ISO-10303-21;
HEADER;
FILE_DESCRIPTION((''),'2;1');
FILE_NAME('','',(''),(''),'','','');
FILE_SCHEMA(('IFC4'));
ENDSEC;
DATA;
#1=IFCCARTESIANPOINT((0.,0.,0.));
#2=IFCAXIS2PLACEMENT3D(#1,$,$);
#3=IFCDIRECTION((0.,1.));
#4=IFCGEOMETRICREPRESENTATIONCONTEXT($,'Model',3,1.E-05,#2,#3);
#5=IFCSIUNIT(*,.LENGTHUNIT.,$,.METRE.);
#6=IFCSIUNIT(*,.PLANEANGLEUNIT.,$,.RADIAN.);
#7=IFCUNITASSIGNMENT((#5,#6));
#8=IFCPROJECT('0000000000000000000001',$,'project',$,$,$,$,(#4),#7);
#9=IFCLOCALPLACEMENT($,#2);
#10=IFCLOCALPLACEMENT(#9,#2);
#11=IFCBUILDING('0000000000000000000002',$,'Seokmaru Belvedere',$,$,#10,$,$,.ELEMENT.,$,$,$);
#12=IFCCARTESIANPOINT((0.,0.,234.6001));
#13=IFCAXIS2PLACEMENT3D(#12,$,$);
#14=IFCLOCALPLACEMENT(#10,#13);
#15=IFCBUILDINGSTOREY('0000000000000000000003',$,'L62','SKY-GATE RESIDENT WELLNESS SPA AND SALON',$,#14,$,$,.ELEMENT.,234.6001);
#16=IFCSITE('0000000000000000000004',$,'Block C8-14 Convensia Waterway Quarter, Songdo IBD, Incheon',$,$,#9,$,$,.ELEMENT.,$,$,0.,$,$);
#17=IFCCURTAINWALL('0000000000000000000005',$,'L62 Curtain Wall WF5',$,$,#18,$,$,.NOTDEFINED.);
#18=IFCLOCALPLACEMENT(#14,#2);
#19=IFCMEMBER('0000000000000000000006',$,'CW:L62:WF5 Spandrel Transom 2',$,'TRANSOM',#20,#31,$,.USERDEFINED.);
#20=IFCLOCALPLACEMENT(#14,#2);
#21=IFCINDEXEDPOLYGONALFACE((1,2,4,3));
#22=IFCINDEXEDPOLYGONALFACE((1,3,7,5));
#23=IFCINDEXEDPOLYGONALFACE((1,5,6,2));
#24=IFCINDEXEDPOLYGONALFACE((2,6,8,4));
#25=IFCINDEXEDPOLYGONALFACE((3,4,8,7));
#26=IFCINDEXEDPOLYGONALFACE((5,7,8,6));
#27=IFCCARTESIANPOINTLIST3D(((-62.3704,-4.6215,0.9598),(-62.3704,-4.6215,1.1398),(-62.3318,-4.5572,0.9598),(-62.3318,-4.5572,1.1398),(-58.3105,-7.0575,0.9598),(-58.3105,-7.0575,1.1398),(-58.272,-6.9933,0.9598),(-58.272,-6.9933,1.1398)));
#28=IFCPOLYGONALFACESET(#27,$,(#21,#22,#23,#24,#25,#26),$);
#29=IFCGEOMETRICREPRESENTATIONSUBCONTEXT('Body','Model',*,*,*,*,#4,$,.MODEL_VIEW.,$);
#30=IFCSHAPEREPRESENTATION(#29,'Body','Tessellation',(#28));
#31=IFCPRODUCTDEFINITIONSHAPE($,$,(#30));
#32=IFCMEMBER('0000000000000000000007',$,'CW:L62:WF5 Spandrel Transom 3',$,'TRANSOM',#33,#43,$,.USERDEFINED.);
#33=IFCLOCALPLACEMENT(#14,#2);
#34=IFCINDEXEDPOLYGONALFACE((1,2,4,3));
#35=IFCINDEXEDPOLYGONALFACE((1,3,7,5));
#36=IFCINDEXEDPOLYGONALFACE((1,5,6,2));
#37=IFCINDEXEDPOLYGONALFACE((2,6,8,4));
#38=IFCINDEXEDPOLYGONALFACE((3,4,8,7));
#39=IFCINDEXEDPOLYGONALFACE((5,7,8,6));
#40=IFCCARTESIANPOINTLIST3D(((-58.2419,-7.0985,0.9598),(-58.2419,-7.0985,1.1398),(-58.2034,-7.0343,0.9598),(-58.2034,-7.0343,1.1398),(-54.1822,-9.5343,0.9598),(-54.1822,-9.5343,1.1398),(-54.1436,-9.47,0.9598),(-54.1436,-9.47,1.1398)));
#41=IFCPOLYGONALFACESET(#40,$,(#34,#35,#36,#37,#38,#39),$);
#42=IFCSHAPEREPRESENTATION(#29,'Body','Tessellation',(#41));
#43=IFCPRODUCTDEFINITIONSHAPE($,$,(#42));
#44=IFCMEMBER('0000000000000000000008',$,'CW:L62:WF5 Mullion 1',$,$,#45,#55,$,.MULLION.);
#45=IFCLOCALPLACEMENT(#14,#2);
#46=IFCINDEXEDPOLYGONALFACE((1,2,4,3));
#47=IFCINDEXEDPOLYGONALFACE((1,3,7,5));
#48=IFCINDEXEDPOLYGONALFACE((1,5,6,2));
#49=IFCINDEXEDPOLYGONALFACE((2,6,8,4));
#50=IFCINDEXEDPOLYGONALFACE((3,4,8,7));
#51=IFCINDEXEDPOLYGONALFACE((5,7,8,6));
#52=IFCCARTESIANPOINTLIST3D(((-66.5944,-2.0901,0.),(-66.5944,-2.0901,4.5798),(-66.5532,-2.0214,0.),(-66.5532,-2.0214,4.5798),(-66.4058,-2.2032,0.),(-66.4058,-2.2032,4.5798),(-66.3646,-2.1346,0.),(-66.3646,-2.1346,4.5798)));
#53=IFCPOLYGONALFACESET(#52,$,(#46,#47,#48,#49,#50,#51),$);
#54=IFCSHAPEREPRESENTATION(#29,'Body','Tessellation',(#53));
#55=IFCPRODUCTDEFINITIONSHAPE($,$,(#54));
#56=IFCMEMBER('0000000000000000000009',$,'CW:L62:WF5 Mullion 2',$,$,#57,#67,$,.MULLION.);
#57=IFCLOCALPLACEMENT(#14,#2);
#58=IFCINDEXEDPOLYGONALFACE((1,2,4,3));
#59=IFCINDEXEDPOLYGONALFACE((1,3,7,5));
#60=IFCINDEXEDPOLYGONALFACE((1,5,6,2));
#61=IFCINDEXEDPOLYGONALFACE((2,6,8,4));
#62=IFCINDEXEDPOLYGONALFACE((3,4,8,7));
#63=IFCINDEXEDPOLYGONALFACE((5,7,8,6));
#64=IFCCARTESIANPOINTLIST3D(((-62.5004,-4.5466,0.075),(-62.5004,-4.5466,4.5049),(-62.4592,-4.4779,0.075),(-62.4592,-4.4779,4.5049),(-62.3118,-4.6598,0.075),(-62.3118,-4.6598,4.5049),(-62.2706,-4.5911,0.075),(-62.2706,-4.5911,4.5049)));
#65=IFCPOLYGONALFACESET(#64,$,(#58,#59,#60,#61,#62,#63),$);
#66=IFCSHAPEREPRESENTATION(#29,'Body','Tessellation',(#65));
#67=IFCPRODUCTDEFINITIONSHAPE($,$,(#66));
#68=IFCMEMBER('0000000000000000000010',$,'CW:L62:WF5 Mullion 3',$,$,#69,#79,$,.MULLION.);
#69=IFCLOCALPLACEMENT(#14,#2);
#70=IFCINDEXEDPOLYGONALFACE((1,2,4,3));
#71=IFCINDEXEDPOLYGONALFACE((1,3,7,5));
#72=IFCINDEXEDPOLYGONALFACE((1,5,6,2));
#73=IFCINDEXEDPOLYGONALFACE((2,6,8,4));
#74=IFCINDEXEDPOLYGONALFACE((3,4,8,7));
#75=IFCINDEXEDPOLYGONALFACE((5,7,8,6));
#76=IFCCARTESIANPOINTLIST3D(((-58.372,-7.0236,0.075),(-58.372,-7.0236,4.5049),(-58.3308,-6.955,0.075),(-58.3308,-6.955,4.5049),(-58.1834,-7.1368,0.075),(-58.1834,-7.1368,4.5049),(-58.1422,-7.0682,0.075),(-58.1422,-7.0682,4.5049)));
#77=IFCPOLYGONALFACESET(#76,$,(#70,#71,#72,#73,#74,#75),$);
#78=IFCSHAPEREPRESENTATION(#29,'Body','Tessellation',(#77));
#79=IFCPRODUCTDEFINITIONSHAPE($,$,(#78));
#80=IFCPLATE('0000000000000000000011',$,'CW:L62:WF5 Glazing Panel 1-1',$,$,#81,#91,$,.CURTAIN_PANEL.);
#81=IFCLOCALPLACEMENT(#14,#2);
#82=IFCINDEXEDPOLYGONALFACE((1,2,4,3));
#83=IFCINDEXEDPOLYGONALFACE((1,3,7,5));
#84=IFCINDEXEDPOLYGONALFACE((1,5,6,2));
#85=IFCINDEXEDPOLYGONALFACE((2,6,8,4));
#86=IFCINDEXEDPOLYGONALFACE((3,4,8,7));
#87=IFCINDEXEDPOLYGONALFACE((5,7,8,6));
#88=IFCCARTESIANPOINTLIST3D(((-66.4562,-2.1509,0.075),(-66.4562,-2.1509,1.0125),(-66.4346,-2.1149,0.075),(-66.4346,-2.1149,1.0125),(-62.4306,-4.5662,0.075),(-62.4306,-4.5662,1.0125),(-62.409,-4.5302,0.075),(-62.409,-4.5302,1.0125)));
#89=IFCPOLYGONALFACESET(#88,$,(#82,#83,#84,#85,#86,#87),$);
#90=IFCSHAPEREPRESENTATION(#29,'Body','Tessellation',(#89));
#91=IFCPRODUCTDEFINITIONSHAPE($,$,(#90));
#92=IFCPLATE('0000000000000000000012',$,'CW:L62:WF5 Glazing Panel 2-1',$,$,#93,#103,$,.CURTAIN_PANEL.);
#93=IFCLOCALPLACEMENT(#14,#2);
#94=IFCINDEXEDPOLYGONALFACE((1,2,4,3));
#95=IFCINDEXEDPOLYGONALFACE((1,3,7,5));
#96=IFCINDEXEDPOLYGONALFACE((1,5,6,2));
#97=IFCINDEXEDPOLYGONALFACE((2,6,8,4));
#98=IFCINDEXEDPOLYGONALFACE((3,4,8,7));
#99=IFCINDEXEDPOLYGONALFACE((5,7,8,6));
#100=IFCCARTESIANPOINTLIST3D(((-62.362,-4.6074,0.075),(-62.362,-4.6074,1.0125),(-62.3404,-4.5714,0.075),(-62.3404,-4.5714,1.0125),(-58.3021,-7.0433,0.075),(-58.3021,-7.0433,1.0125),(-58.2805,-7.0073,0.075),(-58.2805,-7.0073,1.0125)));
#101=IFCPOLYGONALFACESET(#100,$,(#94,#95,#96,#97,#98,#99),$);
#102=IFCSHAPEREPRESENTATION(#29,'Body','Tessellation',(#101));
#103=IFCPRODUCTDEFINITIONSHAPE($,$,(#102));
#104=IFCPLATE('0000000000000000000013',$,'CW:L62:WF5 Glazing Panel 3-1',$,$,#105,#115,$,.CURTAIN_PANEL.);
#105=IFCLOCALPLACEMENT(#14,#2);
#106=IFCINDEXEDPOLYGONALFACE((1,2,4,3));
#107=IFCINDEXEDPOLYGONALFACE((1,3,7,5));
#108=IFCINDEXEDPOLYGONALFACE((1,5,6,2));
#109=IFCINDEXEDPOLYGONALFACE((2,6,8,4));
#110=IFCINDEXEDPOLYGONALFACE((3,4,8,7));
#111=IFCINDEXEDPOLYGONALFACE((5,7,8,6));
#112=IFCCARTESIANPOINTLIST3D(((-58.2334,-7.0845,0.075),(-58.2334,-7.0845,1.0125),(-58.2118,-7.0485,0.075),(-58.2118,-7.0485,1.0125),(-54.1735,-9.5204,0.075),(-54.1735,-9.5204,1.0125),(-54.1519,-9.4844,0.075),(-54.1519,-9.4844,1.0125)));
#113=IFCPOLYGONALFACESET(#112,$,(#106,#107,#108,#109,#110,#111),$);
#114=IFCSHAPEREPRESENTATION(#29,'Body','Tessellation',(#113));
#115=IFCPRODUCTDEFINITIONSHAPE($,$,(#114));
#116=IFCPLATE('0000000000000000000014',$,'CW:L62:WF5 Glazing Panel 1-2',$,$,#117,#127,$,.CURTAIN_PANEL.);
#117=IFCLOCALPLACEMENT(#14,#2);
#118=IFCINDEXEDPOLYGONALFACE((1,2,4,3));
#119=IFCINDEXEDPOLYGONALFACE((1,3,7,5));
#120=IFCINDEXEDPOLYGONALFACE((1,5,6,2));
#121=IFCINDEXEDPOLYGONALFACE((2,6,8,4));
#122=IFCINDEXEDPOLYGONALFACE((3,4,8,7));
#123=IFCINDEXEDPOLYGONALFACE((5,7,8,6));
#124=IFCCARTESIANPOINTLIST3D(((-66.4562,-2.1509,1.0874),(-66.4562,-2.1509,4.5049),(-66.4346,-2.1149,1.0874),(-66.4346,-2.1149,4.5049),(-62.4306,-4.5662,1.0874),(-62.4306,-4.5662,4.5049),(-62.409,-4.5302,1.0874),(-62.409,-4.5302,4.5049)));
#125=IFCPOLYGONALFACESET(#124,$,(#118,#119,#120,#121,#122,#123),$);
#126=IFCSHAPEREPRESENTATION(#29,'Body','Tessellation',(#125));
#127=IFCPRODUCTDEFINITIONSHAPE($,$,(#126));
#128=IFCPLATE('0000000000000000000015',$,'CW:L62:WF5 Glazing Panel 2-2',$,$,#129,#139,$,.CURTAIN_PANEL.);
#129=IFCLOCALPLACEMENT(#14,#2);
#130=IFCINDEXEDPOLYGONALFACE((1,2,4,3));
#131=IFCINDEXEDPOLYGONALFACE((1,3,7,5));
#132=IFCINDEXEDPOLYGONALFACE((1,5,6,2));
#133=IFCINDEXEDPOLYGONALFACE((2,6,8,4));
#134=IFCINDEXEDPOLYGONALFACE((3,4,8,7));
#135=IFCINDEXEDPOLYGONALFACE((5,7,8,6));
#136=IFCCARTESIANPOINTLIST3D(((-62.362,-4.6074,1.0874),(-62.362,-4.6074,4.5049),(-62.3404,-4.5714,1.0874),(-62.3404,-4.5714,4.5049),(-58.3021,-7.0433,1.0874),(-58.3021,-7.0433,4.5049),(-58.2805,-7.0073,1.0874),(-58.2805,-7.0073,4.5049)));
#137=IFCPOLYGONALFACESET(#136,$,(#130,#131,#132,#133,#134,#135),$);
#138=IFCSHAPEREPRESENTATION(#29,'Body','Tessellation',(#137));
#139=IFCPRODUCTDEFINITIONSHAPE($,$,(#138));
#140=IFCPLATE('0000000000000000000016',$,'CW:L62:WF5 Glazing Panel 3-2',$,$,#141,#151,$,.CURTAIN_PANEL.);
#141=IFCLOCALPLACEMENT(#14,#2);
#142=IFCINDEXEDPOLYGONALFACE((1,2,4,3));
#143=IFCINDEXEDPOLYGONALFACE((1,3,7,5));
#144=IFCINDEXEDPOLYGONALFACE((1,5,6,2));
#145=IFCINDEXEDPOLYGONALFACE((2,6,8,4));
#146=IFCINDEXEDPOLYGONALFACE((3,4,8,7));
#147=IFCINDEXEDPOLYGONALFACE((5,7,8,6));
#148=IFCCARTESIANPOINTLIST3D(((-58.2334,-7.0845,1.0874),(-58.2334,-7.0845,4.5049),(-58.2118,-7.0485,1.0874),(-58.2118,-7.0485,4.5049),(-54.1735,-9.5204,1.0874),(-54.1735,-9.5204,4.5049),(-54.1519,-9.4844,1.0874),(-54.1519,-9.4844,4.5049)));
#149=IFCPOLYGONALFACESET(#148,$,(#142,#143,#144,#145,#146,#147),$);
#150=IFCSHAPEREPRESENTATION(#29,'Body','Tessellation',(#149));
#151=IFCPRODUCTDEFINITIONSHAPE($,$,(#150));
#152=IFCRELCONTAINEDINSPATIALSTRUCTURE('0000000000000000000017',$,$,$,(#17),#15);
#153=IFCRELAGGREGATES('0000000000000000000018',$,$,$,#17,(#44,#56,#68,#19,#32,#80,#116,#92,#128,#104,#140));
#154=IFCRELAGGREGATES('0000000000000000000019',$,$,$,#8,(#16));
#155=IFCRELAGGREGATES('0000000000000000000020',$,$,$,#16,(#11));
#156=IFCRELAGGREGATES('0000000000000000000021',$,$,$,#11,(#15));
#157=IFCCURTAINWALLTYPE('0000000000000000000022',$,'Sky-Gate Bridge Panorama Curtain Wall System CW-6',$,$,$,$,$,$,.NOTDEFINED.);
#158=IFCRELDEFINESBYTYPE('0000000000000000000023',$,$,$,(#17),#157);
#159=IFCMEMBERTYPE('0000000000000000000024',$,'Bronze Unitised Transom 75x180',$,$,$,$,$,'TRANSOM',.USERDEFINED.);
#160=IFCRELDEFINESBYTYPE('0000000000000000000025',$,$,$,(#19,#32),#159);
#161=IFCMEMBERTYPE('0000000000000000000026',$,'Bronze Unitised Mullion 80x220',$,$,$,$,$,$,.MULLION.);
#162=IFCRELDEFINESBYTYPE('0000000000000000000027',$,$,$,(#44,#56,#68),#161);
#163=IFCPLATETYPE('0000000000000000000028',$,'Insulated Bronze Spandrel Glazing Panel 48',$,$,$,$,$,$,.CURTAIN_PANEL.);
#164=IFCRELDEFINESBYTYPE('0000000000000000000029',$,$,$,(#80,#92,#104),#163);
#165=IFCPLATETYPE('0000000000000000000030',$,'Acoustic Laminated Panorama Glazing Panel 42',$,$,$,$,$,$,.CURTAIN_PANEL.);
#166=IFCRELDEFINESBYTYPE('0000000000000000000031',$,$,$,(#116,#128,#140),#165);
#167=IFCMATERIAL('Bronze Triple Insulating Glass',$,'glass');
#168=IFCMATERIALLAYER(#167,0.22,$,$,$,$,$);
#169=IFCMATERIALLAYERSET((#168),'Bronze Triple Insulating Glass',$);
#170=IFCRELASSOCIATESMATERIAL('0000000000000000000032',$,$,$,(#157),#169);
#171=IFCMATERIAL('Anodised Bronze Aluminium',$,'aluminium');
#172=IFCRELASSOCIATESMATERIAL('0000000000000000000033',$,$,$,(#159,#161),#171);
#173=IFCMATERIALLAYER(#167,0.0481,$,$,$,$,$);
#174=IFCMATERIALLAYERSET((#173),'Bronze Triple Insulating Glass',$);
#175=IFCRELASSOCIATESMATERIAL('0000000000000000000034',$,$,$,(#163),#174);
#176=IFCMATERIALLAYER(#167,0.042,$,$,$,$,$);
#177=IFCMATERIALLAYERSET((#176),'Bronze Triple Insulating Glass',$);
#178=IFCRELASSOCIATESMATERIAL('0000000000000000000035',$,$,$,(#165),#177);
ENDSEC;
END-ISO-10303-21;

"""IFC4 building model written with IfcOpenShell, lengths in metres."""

from ifc_helpers import new_model, si_unit, direction, frame, origin, origin_2d, place, context, subcontext, project, spatial, rectangle, extrude, source, transform, mapped, material, layer, layer_set, material_profile, profile_set, type_object, type_shapes, element, aggregate, save


model = new_model("IFC4")

# Units and contexts
model_context = context("Model", 3, precision=1e-05, world=origin(), true_north=direction((0.0, 1.0)))
body_context = subcontext(model_context, "Body", "Model", "MODEL_VIEW")
ifc_project = project(units=[si_unit("LENGTHUNIT", "METRE"), si_unit("PLANEANGLEUNIT", "RADIAN")], contexts=[model_context])

# Site, building, storey
site_placement = place(None, origin())
site = spatial("IfcSite", under=ifc_project, at=site_placement, Name="Block C8-14 Convensia Waterway Quarter, Songdo IBD, Incheon", CompositionType="ELEMENT", RefElevation=0.0)
building_placement = place(site_placement, origin())
building = spatial("IfcBuilding", under=site, at=building_placement, Name="Seokmaru Belvedere", CompositionType="ELEMENT")
storey_placement = place(building_placement, frame((0.0, 0.0, 234.6001)))
storey = spatial("IfcBuildingStorey", under=building, at=storey_placement, Name="L62", Description="SKY-GATE RESIDENT WELLNESS SPA AND SALON", CompositionType="ELEMENT", Elevation=234.6001)

# Curtain wall, members, plates
ifc_material_1 = material(Name="Bronze Triple Insulating Glass", Category="glass")
ifc_layer_1 = layer(ifc_material_1, 0.22)
ifc_layer_set_1 = layer_set([ifc_layer_1], Name="Bronze Triple Insulating Glass")
curtain_wall_type = type_object("IfcCurtainWallType", Name="Sky-Gate Bridge Panorama Curtain Wall System CW-6", PredefinedType="NOTDEFINED", material=ifc_layer_set_1)
curtain_wall_placement = place(storey_placement, origin())
curtain_wall = element("IfcCurtainWall", 1, at=curtain_wall_placement, inside=storey, type_object=curtain_wall_type, Name="L62 Curtain Wall WF5", PredefinedType="NOTDEFINED")
ifc_material_2 = material(Name="Anodised Bronze Aluminium", Category="aluminium")
ifc_material_profile_1 = material_profile(ifc_material_2, rectangle(XDim=0.075, YDim=0.1799, at=origin_2d()), Name="CW-T-75x180")
ifc_profile_set_1 = profile_set([ifc_material_profile_1], Name="Anodised Bronze Aluminium")
member_type_1 = type_object("IfcMemberType", Name="Bronze Unitised Transom 75x180", ElementType="TRANSOM", PredefinedType="USERDEFINED", material=ifc_profile_set_1)
shared_shape_1 = source(origin(), body_context, "Body", "SweptSolid", [
    extrude(rectangle(XDim=0.075, YDim=0.1799, at=origin_2d()), origin(), (0.0, 0.0, 1.0), 4.7346),
])
member_1_placement = place(storey_placement, frame((-62.3511, -4.5894, 1.0498), z_axis=(0.857479, -0.514519, 0.0), x_axis=(0.514519, 0.857479, 0.0)))
member_1 = element("IfcMember", 2, at=member_1_placement, type_object=member_type_1, Name="CW:L62:WF5 Spandrel Transom 2", ObjectType="TRANSOM", PredefinedType="USERDEFINED", context=body_context, shape_type="MappedRepresentation", body=[
    mapped(shared_shape_1, transform((0.0, 0.0, 0.0), scale=1.0)),
])
shared_shape_2 = source(origin(), body_context, "Body", "SweptSolid", [
    extrude(rectangle(XDim=0.075, YDim=0.1799, at=origin_2d()), origin(), (0.0, 0.0, 1.0), 4.7344),
])
member_2_placement = place(storey_placement, frame((-58.2227, -7.0664, 1.0498), z_axis=(0.857502, -0.514481, 0.0), x_axis=(0.514481, 0.857502, 0.0)))
member_2 = element("IfcMember", 3, at=member_2_placement, type_object=member_type_1, Name="CW:L62:WF5 Spandrel Transom 3", ObjectType="TRANSOM", PredefinedType="USERDEFINED", context=body_context, shape_type="MappedRepresentation", body=[
    mapped(shared_shape_2, transform((0.0, 0.0, 0.0), scale=1.0)),
])
ifc_material_profile_2 = material_profile(ifc_material_2, rectangle(XDim=0.0801, YDim=0.22, at=origin_2d()), Name="CW-M-80x220")
ifc_profile_set_2 = profile_set([ifc_material_profile_2], Name="Anodised Bronze Aluminium")
member_type_2 = type_object("IfcMemberType", Name="Bronze Unitised Mullion 80x220", PredefinedType="MULLION", material=ifc_profile_set_2)
shared_shape_3 = source(origin(), body_context, "Body", "SweptSolid", [
    extrude(rectangle(XDim=0.0801, YDim=0.22, at=origin_2d()), origin(), (0.0, 0.0, 1.0), 4.5798),
])
member_3_placement = place(storey_placement, frame((-66.4795, -2.1123, 0.0), z_axis=(0.0, 0.0, 1.0), x_axis=(0.514495, 0.857493, 0.0)))
member_3 = element("IfcMember", 4, at=member_3_placement, type_object=member_type_2, Name="CW:L62:WF5 Mullion 1", PredefinedType="MULLION", context=body_context, shape_type="MappedRepresentation", body=[
    mapped(shared_shape_3, transform((0.0, 0.0, 0.0), scale=1.0)),
])
shared_shape_4 = source(origin(), body_context, "Body", "SweptSolid", [
    extrude(rectangle(XDim=0.0801, YDim=0.22, at=origin_2d()), origin(), (0.0, 0.0, 1.0), 4.4299),
])
type_shapes(member_type_2, [shared_shape_3, shared_shape_4])
member_4_placement = place(storey_placement, frame((-62.3855, -4.5688, 0.075), z_axis=(0.0, 0.0, 1.0), x_axis=(0.514495, 0.857493, 0.0)))
member_4 = element("IfcMember", 5, at=member_4_placement, type_object=member_type_2, Name="CW:L62:WF5 Mullion 2", PredefinedType="MULLION", context=body_context, shape_type="MappedRepresentation", body=[
    mapped(shared_shape_4, transform((0.0, 0.0, 0.0), scale=1.0)),
])
member_5_placement = place(storey_placement, frame((-58.2571, -7.0459, 0.075), z_axis=(0.0, 0.0, 1.0), x_axis=(0.514495, 0.857493, 0.0)))
member_5 = element("IfcMember", 6, at=member_5_placement, type_object=member_type_2, Name="CW:L62:WF5 Mullion 3", PredefinedType="MULLION", context=body_context, shape_type="MappedRepresentation", body=[
    mapped(shared_shape_4, transform((0.0, 0.0, 0.0), scale=1.0)),
])
ifc_layer_2 = layer(ifc_material_1, 0.0481)
ifc_layer_set_2 = layer_set([ifc_layer_2], Name="Bronze Triple Insulating Glass")
plate_type_1 = type_object("IfcPlateType", Name="Insulated Bronze Spandrel Glazing Panel 48", PredefinedType="CURTAIN_PANEL", material=ifc_layer_set_2)
shared_shape_5 = source(origin(), body_context, "Body", "SweptSolid", [
    extrude(rectangle(XDim=4.6946, YDim=0.042, at=origin_2d()), origin(), (0.0, 0.0, 1.0), 0.9375),
])
plate_1_placement = place(storey_placement, frame((-64.4326, -3.3406, 0.075), z_axis=(0.0, 0.0, 1.0), x_axis=(0.857493, -0.514495, 0.0)))
plate_1 = element("IfcPlate", 7, at=plate_1_placement, type_object=plate_type_1, Name="CW:L62:WF5 Glazing Panel 1-1", PredefinedType="CURTAIN_PANEL", context=body_context, shape_type="MappedRepresentation", body=[
    mapped(shared_shape_5, transform((0.0, 0.0, 0.0), scale=1.0)),
])
shared_shape_6 = source(origin(), body_context, "Body", "SweptSolid", [
    extrude(rectangle(XDim=4.7346, YDim=0.042, at=origin_2d()), origin(), (0.0, 0.0, 1.0), 0.9375),
])
type_shapes(plate_type_1, [shared_shape_5, shared_shape_6])
plate_2_placement = place(storey_placement, frame((-60.3213, -5.8074, 0.075), z_axis=(0.0, 0.0, 1.0), x_axis=(0.857493, -0.514495, 0.0)))
plate_2 = element("IfcPlate", 8, at=plate_2_placement, type_object=plate_type_1, Name="CW:L62:WF5 Glazing Panel 2-1", PredefinedType="CURTAIN_PANEL", context=body_context, shape_type="MappedRepresentation", body=[
    mapped(shared_shape_6, transform((0.0, 0.0, 0.0), scale=1.0)),
])
plate_3_placement = place(storey_placement, frame((-56.1926, -8.2844, 0.075), z_axis=(0.0, 0.0, 1.0), x_axis=(0.857493, -0.514495, 0.0)))
plate_3 = element("IfcPlate", 9, at=plate_3_placement, type_object=plate_type_1, Name="CW:L62:WF5 Glazing Panel 3-1", PredefinedType="CURTAIN_PANEL", context=body_context, shape_type="MappedRepresentation", body=[
    mapped(shared_shape_6, transform((0.0, 0.0, 0.0), scale=1.0)),
])
ifc_layer_3 = layer(ifc_material_1, 0.042)
ifc_layer_set_3 = layer_set([ifc_layer_3], Name="Bronze Triple Insulating Glass")
plate_type_2 = type_object("IfcPlateType", Name="Acoustic Laminated Panorama Glazing Panel 42", PredefinedType="CURTAIN_PANEL", material=ifc_layer_set_3)
shared_shape_7 = source(origin(), body_context, "Body", "SweptSolid", [
    extrude(rectangle(XDim=4.6946, YDim=0.042, at=origin_2d()), origin(), (0.0, 0.0, 1.0), 3.4175),
])
plate_4_placement = place(storey_placement, frame((-64.4326, -3.3406, 1.0874), z_axis=(0.0, 0.0, 1.0), x_axis=(0.857493, -0.514495, 0.0)))
plate_4 = element("IfcPlate", 10, at=plate_4_placement, type_object=plate_type_2, Name="CW:L62:WF5 Glazing Panel 1-2", PredefinedType="CURTAIN_PANEL", context=body_context, shape_type="MappedRepresentation", body=[
    mapped(shared_shape_7, transform((0.0, 0.0, 0.0), scale=1.0)),
])
shared_shape_8 = source(origin(), body_context, "Body", "SweptSolid", [
    extrude(rectangle(XDim=4.7346, YDim=0.042, at=origin_2d()), origin(), (0.0, 0.0, 1.0), 3.4175),
])
type_shapes(plate_type_2, [shared_shape_7, shared_shape_8])
plate_5_placement = place(storey_placement, frame((-60.3213, -5.8074, 1.0874), z_axis=(0.0, 0.0, 1.0), x_axis=(0.857493, -0.514495, 0.0)))
plate_5 = element("IfcPlate", 11, at=plate_5_placement, type_object=plate_type_2, Name="CW:L62:WF5 Glazing Panel 2-2", PredefinedType="CURTAIN_PANEL", context=body_context, shape_type="MappedRepresentation", body=[
    mapped(shared_shape_8, transform((0.0, 0.0, 0.0), scale=1.0)),
])
plate_6_placement = place(storey_placement, frame((-56.1926, -8.2844, 1.0874), z_axis=(0.0, 0.0, 1.0), x_axis=(0.857493, -0.514495, 0.0)))
plate_6 = element("IfcPlate", 12, at=plate_6_placement, type_object=plate_type_2, Name="CW:L62:WF5 Glazing Panel 3-2", PredefinedType="CURTAIN_PANEL", context=body_context, shape_type="MappedRepresentation", body=[
    mapped(shared_shape_8, transform((0.0, 0.0, 0.0), scale=1.0)),
])
aggregate(curtain_wall, [member_3, member_4, member_5, member_1, member_2, plate_1, plate_4, plate_2, plate_5, plate_3, plate_6])

save(model, "model.ifc")
